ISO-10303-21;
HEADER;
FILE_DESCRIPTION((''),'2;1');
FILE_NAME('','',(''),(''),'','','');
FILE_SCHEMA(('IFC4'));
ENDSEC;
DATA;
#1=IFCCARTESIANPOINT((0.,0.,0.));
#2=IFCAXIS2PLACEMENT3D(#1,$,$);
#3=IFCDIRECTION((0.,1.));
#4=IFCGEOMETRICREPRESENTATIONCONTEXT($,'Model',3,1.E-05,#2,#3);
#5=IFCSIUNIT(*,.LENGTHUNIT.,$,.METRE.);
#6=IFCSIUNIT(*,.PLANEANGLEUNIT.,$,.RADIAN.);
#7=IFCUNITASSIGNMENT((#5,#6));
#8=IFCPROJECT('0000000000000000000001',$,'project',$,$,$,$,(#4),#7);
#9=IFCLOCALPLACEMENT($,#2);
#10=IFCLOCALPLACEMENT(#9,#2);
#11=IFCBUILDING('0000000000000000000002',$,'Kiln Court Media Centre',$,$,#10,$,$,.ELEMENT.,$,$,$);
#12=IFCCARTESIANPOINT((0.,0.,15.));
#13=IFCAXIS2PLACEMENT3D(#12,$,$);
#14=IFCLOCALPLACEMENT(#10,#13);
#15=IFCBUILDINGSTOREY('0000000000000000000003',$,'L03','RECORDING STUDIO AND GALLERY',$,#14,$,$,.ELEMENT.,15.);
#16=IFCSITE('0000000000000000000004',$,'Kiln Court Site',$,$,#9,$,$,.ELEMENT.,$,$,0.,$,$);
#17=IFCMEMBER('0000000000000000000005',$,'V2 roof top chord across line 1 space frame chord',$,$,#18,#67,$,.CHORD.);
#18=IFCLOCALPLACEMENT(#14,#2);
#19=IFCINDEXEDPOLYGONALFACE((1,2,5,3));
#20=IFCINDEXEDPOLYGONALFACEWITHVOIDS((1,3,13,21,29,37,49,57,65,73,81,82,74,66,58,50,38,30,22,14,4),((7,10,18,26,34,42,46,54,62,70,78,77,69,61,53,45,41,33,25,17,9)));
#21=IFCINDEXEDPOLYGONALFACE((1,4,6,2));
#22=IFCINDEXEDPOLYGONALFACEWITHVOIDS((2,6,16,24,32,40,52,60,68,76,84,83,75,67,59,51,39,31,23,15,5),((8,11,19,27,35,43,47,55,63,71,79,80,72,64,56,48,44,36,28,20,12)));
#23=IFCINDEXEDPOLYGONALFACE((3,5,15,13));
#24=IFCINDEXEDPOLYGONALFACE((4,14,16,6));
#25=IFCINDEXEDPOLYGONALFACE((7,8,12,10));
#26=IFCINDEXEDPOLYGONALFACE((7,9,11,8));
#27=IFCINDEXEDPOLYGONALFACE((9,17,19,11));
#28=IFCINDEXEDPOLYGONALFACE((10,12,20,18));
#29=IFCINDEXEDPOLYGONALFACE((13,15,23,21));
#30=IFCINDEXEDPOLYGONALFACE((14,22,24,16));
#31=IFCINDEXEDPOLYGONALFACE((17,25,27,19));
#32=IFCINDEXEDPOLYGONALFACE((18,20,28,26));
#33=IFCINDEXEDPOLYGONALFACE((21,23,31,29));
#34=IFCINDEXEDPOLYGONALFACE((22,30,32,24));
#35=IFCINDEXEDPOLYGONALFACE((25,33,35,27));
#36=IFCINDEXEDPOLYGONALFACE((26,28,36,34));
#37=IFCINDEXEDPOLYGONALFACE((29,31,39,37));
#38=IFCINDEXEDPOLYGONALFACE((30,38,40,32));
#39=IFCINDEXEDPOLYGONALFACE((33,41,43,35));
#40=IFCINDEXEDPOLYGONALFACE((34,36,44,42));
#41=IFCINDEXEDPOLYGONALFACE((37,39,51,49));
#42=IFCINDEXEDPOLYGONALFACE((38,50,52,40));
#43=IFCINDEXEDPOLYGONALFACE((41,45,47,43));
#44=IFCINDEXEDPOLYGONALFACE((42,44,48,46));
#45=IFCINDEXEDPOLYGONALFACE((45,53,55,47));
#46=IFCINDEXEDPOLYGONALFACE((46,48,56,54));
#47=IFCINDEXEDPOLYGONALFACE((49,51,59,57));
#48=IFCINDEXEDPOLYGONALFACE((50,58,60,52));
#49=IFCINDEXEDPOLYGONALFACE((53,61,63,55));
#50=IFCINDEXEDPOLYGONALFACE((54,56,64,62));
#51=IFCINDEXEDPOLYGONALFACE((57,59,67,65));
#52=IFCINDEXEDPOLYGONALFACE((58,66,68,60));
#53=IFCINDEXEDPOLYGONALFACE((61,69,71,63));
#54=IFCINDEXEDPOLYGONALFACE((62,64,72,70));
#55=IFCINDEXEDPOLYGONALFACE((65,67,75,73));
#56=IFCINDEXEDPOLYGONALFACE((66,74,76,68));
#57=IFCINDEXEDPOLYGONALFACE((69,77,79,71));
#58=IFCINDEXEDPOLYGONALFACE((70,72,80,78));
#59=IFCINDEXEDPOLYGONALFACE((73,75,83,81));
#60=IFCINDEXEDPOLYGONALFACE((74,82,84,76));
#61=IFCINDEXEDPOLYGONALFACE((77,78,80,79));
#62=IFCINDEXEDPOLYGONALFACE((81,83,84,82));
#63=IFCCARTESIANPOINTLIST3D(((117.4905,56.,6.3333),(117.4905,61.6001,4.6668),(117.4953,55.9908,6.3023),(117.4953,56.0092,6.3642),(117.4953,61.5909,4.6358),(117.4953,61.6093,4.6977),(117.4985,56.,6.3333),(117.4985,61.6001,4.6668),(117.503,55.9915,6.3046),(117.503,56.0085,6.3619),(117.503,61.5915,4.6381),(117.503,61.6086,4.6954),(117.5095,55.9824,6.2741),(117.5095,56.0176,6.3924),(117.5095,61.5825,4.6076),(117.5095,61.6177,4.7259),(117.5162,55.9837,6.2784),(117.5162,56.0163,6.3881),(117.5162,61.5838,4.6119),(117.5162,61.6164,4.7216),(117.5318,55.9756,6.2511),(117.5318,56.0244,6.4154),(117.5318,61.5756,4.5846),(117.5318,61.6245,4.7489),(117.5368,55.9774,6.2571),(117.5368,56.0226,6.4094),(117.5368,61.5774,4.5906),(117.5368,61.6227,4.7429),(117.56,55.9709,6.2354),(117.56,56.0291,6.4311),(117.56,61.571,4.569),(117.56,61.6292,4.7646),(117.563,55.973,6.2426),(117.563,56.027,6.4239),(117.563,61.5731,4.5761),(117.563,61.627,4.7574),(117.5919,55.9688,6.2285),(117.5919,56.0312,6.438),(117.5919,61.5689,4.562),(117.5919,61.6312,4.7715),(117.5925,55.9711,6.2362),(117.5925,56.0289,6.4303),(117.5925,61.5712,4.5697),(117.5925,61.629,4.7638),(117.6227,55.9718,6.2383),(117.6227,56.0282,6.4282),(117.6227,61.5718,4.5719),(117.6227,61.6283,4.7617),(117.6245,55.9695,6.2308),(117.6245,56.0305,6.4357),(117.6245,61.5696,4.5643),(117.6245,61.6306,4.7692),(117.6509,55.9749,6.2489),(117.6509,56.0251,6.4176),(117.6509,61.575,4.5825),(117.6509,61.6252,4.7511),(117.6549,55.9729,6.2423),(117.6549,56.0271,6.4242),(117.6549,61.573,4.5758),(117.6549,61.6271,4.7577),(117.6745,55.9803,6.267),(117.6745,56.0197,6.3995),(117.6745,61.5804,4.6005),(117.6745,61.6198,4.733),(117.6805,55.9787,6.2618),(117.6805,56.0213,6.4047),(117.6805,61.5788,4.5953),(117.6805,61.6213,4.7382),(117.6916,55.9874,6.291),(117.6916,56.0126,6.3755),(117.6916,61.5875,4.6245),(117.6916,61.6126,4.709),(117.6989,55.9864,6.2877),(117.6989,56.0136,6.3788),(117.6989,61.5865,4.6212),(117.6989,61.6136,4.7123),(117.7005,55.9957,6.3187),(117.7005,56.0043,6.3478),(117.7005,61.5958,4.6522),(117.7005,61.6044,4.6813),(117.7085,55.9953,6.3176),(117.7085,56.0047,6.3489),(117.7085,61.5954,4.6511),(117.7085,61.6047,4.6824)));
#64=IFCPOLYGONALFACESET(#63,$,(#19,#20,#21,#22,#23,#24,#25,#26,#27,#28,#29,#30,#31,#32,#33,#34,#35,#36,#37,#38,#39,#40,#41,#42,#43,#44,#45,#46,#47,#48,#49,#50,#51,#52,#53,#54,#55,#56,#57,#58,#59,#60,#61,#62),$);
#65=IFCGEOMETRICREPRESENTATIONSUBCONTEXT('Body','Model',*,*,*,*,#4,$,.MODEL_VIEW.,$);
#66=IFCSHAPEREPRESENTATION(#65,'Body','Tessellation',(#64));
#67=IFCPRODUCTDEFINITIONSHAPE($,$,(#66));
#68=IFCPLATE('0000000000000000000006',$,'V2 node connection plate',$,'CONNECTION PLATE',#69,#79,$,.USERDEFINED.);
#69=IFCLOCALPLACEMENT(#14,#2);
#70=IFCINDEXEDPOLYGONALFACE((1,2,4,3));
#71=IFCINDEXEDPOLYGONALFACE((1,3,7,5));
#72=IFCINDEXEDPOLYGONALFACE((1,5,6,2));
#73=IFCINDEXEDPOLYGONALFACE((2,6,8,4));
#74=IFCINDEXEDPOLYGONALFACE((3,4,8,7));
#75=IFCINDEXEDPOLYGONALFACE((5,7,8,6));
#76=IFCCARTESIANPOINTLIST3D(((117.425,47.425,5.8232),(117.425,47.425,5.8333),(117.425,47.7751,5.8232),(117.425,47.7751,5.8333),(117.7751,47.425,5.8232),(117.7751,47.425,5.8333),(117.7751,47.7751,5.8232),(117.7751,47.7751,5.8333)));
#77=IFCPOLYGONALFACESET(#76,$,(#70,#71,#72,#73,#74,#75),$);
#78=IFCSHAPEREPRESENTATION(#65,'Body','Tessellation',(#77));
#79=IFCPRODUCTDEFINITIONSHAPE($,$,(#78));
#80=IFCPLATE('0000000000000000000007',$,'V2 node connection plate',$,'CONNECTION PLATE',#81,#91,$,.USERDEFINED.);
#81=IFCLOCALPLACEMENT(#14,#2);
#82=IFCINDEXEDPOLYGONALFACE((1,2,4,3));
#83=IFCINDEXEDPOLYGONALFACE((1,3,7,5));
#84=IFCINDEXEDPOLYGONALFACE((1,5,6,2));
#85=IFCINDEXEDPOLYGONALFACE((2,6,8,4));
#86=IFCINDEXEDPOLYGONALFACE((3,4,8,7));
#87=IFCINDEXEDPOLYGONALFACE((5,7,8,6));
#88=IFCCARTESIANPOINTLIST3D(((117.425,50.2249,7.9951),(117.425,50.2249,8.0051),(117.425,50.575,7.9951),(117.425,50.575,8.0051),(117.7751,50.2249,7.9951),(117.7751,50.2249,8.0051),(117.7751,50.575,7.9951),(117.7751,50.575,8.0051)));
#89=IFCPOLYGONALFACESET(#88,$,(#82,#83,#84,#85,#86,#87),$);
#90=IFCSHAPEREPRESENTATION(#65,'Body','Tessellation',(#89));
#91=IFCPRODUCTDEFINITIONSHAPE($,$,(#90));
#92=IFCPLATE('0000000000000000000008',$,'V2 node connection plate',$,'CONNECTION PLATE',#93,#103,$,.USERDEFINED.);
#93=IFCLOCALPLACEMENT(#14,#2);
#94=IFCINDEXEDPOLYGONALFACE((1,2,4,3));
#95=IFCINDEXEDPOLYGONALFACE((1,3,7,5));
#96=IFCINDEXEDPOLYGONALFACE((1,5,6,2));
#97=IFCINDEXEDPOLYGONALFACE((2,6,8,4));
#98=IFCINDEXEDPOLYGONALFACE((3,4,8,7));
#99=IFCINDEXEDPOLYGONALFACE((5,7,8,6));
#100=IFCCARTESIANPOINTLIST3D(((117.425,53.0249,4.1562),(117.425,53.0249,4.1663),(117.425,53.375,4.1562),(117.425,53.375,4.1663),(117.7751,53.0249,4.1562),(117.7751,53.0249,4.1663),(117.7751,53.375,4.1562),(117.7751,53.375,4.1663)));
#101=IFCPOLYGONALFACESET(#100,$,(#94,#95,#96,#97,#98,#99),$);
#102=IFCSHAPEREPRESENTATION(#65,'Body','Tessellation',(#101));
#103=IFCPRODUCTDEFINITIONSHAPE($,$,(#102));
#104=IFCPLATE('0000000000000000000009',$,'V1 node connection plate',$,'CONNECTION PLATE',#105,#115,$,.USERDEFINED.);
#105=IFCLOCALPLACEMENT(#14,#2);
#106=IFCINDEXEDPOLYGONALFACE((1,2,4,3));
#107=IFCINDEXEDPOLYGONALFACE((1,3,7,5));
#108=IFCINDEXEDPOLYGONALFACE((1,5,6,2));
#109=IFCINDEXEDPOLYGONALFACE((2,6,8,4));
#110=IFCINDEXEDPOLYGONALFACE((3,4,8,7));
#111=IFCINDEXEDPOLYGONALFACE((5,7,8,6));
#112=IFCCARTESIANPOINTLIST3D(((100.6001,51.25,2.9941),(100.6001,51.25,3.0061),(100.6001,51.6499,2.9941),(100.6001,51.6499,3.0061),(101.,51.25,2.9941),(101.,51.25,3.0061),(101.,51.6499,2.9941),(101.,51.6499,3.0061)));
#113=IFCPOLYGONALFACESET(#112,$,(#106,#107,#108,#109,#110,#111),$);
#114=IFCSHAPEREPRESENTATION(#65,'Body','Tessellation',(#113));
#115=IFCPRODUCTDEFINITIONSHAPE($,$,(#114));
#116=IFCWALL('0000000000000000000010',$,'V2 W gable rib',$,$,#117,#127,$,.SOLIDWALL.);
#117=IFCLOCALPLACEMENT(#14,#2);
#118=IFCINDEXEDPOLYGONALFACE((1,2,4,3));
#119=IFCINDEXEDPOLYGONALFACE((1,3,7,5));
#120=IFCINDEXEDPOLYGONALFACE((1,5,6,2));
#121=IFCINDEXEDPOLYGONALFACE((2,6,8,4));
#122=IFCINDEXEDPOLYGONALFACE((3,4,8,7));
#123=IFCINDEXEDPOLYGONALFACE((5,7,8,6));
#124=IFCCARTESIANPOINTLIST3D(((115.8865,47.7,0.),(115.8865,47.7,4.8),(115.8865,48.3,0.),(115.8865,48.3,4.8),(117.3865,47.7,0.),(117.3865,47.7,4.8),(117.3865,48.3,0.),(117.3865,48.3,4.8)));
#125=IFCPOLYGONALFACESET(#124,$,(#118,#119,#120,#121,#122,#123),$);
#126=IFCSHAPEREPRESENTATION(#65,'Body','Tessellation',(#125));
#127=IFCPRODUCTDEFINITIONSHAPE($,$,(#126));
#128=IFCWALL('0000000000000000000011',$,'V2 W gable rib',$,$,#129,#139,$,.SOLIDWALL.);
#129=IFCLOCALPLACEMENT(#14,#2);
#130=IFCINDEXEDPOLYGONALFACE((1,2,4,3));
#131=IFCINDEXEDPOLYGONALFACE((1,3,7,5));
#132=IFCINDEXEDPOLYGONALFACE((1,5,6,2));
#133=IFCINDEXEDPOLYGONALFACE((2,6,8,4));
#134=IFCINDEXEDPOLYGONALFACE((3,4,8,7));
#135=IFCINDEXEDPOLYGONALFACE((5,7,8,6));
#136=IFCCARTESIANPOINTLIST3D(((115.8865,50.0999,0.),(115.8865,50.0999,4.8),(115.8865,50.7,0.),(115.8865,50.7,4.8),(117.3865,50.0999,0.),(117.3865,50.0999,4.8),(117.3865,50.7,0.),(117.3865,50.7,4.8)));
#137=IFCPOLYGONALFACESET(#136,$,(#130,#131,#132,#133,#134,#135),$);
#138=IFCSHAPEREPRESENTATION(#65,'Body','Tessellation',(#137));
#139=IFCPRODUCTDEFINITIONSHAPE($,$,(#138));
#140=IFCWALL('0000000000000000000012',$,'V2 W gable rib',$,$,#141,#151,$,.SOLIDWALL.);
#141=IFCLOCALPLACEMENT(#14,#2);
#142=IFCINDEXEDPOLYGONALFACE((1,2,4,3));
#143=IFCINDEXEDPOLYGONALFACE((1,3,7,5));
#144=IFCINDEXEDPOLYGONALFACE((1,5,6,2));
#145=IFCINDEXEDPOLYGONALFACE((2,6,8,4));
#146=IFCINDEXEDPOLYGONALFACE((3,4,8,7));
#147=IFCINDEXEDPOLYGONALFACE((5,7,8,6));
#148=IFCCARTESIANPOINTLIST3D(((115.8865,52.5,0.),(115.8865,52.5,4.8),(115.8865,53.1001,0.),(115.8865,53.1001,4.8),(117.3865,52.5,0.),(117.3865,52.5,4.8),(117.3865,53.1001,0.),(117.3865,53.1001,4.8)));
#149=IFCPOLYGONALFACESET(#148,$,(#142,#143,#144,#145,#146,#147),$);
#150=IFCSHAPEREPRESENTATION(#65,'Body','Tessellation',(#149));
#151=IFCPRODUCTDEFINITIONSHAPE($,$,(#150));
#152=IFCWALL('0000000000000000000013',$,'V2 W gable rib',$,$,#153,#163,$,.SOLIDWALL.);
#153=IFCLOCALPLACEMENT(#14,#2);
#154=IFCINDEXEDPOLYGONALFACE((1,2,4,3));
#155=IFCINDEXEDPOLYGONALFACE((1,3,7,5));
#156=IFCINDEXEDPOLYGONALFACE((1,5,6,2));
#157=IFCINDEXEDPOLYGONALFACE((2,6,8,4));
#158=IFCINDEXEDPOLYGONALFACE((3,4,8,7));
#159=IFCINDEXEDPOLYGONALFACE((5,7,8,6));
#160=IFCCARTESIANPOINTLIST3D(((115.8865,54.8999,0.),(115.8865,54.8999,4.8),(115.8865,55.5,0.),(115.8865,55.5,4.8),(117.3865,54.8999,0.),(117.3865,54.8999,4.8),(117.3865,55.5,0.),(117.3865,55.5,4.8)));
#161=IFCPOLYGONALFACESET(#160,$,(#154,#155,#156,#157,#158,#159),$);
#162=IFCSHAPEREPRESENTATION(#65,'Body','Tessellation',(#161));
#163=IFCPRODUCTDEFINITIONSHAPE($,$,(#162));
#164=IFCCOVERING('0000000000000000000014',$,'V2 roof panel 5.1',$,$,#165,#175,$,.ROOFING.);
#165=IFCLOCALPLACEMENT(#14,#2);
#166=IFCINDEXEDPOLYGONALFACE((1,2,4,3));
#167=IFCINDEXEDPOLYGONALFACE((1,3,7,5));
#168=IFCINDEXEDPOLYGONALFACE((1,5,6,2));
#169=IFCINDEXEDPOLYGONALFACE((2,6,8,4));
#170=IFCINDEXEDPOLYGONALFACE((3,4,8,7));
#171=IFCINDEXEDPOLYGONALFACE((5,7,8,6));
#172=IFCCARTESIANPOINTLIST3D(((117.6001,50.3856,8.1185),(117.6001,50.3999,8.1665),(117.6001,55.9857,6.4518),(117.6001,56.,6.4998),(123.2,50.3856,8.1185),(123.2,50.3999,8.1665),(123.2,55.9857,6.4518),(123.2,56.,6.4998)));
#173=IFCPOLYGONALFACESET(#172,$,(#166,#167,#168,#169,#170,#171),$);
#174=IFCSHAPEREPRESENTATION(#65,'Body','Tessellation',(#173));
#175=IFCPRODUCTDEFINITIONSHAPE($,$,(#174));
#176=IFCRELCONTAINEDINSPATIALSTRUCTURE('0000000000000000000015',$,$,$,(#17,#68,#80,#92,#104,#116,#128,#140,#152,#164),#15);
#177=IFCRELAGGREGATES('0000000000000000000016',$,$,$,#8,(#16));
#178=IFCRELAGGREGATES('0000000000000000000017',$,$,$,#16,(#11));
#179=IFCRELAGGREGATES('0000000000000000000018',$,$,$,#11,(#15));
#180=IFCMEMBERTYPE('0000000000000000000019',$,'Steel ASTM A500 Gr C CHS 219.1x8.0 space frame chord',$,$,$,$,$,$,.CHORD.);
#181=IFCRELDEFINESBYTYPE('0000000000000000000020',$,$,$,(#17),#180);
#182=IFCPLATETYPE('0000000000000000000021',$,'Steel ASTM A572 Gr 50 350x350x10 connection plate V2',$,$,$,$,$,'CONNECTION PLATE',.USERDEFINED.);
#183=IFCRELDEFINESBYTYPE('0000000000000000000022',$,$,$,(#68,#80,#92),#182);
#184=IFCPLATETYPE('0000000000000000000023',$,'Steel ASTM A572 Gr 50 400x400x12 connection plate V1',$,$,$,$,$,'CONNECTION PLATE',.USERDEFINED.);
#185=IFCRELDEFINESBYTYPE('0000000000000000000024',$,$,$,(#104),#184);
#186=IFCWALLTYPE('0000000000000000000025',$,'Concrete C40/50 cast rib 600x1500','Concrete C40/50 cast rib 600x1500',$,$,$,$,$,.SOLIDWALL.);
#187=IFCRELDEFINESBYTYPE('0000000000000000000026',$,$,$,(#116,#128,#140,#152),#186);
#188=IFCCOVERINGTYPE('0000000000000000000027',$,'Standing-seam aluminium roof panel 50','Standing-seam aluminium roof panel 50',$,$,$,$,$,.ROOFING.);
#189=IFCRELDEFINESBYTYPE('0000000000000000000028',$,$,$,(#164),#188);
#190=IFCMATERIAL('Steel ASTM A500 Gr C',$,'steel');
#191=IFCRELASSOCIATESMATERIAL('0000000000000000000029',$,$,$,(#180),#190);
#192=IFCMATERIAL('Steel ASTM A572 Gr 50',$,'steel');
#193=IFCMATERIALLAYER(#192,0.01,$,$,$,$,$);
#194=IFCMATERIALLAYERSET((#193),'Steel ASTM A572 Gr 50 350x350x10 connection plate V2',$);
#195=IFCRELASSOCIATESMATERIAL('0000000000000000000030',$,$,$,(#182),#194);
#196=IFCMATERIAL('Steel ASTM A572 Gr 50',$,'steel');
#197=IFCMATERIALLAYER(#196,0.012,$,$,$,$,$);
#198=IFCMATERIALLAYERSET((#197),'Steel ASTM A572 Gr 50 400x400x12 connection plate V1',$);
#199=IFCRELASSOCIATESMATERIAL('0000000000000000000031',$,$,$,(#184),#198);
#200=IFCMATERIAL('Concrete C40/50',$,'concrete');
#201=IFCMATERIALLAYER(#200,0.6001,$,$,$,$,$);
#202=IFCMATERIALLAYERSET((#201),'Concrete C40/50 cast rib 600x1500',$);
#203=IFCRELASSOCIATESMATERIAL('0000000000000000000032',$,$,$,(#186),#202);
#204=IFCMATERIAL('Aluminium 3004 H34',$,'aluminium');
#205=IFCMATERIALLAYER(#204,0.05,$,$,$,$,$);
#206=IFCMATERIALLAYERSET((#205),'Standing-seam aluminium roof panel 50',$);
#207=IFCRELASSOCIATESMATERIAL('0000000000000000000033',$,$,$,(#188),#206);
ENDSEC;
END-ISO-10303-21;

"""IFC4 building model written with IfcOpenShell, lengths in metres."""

from ifc_helpers import new_model, si_unit, direction, frame, frame_2d, origin, origin_2d, place, context, subcontext, project, spatial, polyline, rectangle, hollow_circle, outline, extrude, material, layer, layer_set, material_profile, profile_set, type_object, element, save


model = new_model("IFC4")

# Units and contexts
model_context = context("Model", 3, precision=1e-05, world=origin(), true_north=direction((0.0, 1.0)))
body_context = subcontext(model_context, "Body", "Model", "MODEL_VIEW")
ifc_project = project(units=[si_unit("LENGTHUNIT", "METRE"), si_unit("PLANEANGLEUNIT", "RADIAN")], contexts=[model_context])

# Site, building, storey
site_placement = place(None, origin())
site = spatial("IfcSite", under=ifc_project, at=site_placement, Name="Kiln Court Site", CompositionType="ELEMENT", RefElevation=0.0)
building_placement = place(site_placement, origin())
building = spatial("IfcBuilding", under=site, at=building_placement, Name="Kiln Court Media Centre", CompositionType="ELEMENT")
storey_placement = place(building_placement, frame((0.0, 0.0, 15.0)))
storey = spatial("IfcBuildingStorey", under=building, at=storey_placement, Name="L03", Description="RECORDING STUDIO AND GALLERY", CompositionType="ELEMENT", Elevation=15.0)

# Member
ifc_material_1 = material(Name="Steel ASTM A500 Gr C", Category="steel")
ifc_material_profile_1 = material_profile(ifc_material_1, hollow_circle(Radius=0.1096, WallThickness=0.0081, at=origin_2d()), Name="CHS 219.1x8.0")
ifc_profile_set_1 = profile_set([ifc_material_profile_1], Name="Steel ASTM A500 Gr C")
member_type_1 = type_object("IfcMemberType", Name="Steel ASTM A500 Gr C CHS 219.1x8.0 space frame chord", PredefinedType="CHORD", material=ifc_profile_set_1)
for number, where, z_axis, x_axis, name in (
    (1, (117.6001, 56.0, 6.3333), (0.0, 0.958461, -0.285223), (-1.0, 0.0, 0.0), "V2 roof top chord across line 1 space frame chord"),
):
    element("IfcMember", number, at=place(storey_placement, frame(where, z_axis=z_axis, x_axis=x_axis)), inside=storey, type_object=member_type_1, Name=name, PredefinedType="CHORD", context=body_context, shape_type="SweptSolid", body=[
        extrude(hollow_circle(Radius=0.1096, WallThickness=0.0081, at=origin_2d()), origin(), (0.0, 0.0, 1.0), 5.8428),
    ])

# Plates
ifc_material_2 = material(Name="Steel ASTM A572 Gr 50", Category="steel")
ifc_layer_1 = layer(ifc_material_2, 0.01)
ifc_layer_set_1 = layer_set([ifc_layer_1], Name="Steel ASTM A572 Gr 50 350x350x10 connection plate V2")
plate_type_1 = type_object("IfcPlateType", Name="Steel ASTM A572 Gr 50 350x350x10 connection plate V2", ElementType="CONNECTION PLATE", PredefinedType="USERDEFINED", material=ifc_layer_set_1)
for number, where, z_axis, x_axis, name in (
    (2, (117.6001, 47.6001, 5.8232), (0.0, 0.0, 1.0), (1.0, 0.0, 0.0), "V2 node connection plate"),
    (3, (117.6001, 50.3999, 7.9951), (0.0, 0.0, 1.0), (1.0, 0.0, 0.0), "V2 node connection plate"),
    (4, (117.6001, 53.2, 4.1562), (0.0, 0.0, 1.0), (1.0, 0.0, 0.0), "V2 node connection plate"),
):
    element("IfcPlate", number, at=place(storey_placement, frame(where, z_axis=z_axis, x_axis=x_axis)), inside=storey, type_object=plate_type_1, Name=name, ObjectType="CONNECTION PLATE", PredefinedType="USERDEFINED", context=body_context, shape_type="SweptSolid", body=[
        extrude(rectangle(XDim=0.3501, YDim=0.3501, at=origin_2d()), origin(), (0.0, 0.0, 1.0), 0.01),
    ])
ifc_material_3 = material(Name="Steel ASTM A572 Gr 50", Category="steel")
ifc_layer_2 = layer(ifc_material_3, 0.012)
ifc_layer_set_2 = layer_set([ifc_layer_2], Name="Steel ASTM A572 Gr 50 400x400x12 connection plate V1")
plate_type_2 = type_object("IfcPlateType", Name="Steel ASTM A572 Gr 50 400x400x12 connection plate V1", ElementType="CONNECTION PLATE", PredefinedType="USERDEFINED", material=ifc_layer_set_2)
plate_placement = place(storey_placement, frame((100.8, 51.45, 2.9941), z_axis=(0.0, 0.0, 1.0), x_axis=(1.0, 0.0, 0.0)))
element("IfcPlate", 5, at=plate_placement, inside=storey, type_object=plate_type_2, Name="V1 node connection plate", ObjectType="CONNECTION PLATE", PredefinedType="USERDEFINED", context=body_context, shape_type="SweptSolid", body=[
    extrude(rectangle(XDim=0.3999, YDim=0.3999, at=origin_2d()), origin(), (0.0, 0.0, 1.0), 0.012),
])

# Walls
ifc_material_4 = material(Name="Concrete C40/50", Category="concrete")
ifc_layer_3 = layer(ifc_material_4, 0.6001)
ifc_layer_set_3 = layer_set([ifc_layer_3], Name="Concrete C40/50 cast rib 600x1500")
wall_type = type_object("IfcWallType", Name="Concrete C40/50 cast rib 600x1500", Description="Concrete C40/50 cast rib 600x1500", PredefinedType="SOLIDWALL", material=ifc_layer_set_3)
for number, where, z_axis, x_axis, name in (
    (6, (117.3865, 48.0, 0.0), (0.0, 0.0, 1.0), (-1.0, 0.0, 0.0), "V2 W gable rib"),
    (7, (117.3865, 50.3999, 0.0), (0.0, 0.0, 1.0), (-1.0, 0.0, 0.0), "V2 W gable rib"),
    (8, (117.3865, 52.8, 0.0), (0.0, 0.0, 1.0), (-1.0, 0.0, 0.0), "V2 W gable rib"),
    (9, (117.3865, 55.2, 0.0), (0.0, 0.0, 1.0), (-1.0, 0.0, 0.0), "V2 W gable rib"),
):
    element("IfcWall", number, at=place(storey_placement, frame(where, z_axis=z_axis, x_axis=x_axis)), inside=storey, type_object=wall_type, Name=name, PredefinedType="SOLIDWALL", context=body_context, shape_type="SweptSolid", body=[
        extrude(rectangle(XDim=1.5, YDim=0.6001, at=frame_2d((0.75, 0.0))), origin(), (0.0, 0.0, 1.0), 4.8),
    ])

# Covering
ifc_material_5 = material(Name="Aluminium 3004 H34", Category="aluminium")
ifc_layer_4 = layer(ifc_material_5, 0.05)
ifc_layer_set_4 = layer_set([ifc_layer_4], Name="Standing-seam aluminium roof panel 50")
covering_type = type_object("IfcCoveringType", Name="Standing-seam aluminium roof panel 50", Description="Standing-seam aluminium roof panel 50", PredefinedType="ROOFING", material=ifc_layer_set_4)
covering_placement = place(storey_placement, frame((117.6001, 50.3999, 8.1665), z_axis=(0.0, 0.285262, 0.95845), x_axis=(0.0, 0.95845, -0.285262)))
element("IfcCovering", 10, at=covering_placement, inside=storey, type_object=covering_type, Name="V2 roof panel 5.1", PredefinedType="ROOFING", context=body_context, shape_type="SweptSolid", body=[
    extrude(outline(polyline([(0.0, 0.0), (5.8429, 0.0), (5.8429, -5.5999), (0.0, -5.5999), (0.0, 0.0)])), origin(), (0.0, 0.0, -1.0), 0.05),
])

save(model, "model.ifc")
